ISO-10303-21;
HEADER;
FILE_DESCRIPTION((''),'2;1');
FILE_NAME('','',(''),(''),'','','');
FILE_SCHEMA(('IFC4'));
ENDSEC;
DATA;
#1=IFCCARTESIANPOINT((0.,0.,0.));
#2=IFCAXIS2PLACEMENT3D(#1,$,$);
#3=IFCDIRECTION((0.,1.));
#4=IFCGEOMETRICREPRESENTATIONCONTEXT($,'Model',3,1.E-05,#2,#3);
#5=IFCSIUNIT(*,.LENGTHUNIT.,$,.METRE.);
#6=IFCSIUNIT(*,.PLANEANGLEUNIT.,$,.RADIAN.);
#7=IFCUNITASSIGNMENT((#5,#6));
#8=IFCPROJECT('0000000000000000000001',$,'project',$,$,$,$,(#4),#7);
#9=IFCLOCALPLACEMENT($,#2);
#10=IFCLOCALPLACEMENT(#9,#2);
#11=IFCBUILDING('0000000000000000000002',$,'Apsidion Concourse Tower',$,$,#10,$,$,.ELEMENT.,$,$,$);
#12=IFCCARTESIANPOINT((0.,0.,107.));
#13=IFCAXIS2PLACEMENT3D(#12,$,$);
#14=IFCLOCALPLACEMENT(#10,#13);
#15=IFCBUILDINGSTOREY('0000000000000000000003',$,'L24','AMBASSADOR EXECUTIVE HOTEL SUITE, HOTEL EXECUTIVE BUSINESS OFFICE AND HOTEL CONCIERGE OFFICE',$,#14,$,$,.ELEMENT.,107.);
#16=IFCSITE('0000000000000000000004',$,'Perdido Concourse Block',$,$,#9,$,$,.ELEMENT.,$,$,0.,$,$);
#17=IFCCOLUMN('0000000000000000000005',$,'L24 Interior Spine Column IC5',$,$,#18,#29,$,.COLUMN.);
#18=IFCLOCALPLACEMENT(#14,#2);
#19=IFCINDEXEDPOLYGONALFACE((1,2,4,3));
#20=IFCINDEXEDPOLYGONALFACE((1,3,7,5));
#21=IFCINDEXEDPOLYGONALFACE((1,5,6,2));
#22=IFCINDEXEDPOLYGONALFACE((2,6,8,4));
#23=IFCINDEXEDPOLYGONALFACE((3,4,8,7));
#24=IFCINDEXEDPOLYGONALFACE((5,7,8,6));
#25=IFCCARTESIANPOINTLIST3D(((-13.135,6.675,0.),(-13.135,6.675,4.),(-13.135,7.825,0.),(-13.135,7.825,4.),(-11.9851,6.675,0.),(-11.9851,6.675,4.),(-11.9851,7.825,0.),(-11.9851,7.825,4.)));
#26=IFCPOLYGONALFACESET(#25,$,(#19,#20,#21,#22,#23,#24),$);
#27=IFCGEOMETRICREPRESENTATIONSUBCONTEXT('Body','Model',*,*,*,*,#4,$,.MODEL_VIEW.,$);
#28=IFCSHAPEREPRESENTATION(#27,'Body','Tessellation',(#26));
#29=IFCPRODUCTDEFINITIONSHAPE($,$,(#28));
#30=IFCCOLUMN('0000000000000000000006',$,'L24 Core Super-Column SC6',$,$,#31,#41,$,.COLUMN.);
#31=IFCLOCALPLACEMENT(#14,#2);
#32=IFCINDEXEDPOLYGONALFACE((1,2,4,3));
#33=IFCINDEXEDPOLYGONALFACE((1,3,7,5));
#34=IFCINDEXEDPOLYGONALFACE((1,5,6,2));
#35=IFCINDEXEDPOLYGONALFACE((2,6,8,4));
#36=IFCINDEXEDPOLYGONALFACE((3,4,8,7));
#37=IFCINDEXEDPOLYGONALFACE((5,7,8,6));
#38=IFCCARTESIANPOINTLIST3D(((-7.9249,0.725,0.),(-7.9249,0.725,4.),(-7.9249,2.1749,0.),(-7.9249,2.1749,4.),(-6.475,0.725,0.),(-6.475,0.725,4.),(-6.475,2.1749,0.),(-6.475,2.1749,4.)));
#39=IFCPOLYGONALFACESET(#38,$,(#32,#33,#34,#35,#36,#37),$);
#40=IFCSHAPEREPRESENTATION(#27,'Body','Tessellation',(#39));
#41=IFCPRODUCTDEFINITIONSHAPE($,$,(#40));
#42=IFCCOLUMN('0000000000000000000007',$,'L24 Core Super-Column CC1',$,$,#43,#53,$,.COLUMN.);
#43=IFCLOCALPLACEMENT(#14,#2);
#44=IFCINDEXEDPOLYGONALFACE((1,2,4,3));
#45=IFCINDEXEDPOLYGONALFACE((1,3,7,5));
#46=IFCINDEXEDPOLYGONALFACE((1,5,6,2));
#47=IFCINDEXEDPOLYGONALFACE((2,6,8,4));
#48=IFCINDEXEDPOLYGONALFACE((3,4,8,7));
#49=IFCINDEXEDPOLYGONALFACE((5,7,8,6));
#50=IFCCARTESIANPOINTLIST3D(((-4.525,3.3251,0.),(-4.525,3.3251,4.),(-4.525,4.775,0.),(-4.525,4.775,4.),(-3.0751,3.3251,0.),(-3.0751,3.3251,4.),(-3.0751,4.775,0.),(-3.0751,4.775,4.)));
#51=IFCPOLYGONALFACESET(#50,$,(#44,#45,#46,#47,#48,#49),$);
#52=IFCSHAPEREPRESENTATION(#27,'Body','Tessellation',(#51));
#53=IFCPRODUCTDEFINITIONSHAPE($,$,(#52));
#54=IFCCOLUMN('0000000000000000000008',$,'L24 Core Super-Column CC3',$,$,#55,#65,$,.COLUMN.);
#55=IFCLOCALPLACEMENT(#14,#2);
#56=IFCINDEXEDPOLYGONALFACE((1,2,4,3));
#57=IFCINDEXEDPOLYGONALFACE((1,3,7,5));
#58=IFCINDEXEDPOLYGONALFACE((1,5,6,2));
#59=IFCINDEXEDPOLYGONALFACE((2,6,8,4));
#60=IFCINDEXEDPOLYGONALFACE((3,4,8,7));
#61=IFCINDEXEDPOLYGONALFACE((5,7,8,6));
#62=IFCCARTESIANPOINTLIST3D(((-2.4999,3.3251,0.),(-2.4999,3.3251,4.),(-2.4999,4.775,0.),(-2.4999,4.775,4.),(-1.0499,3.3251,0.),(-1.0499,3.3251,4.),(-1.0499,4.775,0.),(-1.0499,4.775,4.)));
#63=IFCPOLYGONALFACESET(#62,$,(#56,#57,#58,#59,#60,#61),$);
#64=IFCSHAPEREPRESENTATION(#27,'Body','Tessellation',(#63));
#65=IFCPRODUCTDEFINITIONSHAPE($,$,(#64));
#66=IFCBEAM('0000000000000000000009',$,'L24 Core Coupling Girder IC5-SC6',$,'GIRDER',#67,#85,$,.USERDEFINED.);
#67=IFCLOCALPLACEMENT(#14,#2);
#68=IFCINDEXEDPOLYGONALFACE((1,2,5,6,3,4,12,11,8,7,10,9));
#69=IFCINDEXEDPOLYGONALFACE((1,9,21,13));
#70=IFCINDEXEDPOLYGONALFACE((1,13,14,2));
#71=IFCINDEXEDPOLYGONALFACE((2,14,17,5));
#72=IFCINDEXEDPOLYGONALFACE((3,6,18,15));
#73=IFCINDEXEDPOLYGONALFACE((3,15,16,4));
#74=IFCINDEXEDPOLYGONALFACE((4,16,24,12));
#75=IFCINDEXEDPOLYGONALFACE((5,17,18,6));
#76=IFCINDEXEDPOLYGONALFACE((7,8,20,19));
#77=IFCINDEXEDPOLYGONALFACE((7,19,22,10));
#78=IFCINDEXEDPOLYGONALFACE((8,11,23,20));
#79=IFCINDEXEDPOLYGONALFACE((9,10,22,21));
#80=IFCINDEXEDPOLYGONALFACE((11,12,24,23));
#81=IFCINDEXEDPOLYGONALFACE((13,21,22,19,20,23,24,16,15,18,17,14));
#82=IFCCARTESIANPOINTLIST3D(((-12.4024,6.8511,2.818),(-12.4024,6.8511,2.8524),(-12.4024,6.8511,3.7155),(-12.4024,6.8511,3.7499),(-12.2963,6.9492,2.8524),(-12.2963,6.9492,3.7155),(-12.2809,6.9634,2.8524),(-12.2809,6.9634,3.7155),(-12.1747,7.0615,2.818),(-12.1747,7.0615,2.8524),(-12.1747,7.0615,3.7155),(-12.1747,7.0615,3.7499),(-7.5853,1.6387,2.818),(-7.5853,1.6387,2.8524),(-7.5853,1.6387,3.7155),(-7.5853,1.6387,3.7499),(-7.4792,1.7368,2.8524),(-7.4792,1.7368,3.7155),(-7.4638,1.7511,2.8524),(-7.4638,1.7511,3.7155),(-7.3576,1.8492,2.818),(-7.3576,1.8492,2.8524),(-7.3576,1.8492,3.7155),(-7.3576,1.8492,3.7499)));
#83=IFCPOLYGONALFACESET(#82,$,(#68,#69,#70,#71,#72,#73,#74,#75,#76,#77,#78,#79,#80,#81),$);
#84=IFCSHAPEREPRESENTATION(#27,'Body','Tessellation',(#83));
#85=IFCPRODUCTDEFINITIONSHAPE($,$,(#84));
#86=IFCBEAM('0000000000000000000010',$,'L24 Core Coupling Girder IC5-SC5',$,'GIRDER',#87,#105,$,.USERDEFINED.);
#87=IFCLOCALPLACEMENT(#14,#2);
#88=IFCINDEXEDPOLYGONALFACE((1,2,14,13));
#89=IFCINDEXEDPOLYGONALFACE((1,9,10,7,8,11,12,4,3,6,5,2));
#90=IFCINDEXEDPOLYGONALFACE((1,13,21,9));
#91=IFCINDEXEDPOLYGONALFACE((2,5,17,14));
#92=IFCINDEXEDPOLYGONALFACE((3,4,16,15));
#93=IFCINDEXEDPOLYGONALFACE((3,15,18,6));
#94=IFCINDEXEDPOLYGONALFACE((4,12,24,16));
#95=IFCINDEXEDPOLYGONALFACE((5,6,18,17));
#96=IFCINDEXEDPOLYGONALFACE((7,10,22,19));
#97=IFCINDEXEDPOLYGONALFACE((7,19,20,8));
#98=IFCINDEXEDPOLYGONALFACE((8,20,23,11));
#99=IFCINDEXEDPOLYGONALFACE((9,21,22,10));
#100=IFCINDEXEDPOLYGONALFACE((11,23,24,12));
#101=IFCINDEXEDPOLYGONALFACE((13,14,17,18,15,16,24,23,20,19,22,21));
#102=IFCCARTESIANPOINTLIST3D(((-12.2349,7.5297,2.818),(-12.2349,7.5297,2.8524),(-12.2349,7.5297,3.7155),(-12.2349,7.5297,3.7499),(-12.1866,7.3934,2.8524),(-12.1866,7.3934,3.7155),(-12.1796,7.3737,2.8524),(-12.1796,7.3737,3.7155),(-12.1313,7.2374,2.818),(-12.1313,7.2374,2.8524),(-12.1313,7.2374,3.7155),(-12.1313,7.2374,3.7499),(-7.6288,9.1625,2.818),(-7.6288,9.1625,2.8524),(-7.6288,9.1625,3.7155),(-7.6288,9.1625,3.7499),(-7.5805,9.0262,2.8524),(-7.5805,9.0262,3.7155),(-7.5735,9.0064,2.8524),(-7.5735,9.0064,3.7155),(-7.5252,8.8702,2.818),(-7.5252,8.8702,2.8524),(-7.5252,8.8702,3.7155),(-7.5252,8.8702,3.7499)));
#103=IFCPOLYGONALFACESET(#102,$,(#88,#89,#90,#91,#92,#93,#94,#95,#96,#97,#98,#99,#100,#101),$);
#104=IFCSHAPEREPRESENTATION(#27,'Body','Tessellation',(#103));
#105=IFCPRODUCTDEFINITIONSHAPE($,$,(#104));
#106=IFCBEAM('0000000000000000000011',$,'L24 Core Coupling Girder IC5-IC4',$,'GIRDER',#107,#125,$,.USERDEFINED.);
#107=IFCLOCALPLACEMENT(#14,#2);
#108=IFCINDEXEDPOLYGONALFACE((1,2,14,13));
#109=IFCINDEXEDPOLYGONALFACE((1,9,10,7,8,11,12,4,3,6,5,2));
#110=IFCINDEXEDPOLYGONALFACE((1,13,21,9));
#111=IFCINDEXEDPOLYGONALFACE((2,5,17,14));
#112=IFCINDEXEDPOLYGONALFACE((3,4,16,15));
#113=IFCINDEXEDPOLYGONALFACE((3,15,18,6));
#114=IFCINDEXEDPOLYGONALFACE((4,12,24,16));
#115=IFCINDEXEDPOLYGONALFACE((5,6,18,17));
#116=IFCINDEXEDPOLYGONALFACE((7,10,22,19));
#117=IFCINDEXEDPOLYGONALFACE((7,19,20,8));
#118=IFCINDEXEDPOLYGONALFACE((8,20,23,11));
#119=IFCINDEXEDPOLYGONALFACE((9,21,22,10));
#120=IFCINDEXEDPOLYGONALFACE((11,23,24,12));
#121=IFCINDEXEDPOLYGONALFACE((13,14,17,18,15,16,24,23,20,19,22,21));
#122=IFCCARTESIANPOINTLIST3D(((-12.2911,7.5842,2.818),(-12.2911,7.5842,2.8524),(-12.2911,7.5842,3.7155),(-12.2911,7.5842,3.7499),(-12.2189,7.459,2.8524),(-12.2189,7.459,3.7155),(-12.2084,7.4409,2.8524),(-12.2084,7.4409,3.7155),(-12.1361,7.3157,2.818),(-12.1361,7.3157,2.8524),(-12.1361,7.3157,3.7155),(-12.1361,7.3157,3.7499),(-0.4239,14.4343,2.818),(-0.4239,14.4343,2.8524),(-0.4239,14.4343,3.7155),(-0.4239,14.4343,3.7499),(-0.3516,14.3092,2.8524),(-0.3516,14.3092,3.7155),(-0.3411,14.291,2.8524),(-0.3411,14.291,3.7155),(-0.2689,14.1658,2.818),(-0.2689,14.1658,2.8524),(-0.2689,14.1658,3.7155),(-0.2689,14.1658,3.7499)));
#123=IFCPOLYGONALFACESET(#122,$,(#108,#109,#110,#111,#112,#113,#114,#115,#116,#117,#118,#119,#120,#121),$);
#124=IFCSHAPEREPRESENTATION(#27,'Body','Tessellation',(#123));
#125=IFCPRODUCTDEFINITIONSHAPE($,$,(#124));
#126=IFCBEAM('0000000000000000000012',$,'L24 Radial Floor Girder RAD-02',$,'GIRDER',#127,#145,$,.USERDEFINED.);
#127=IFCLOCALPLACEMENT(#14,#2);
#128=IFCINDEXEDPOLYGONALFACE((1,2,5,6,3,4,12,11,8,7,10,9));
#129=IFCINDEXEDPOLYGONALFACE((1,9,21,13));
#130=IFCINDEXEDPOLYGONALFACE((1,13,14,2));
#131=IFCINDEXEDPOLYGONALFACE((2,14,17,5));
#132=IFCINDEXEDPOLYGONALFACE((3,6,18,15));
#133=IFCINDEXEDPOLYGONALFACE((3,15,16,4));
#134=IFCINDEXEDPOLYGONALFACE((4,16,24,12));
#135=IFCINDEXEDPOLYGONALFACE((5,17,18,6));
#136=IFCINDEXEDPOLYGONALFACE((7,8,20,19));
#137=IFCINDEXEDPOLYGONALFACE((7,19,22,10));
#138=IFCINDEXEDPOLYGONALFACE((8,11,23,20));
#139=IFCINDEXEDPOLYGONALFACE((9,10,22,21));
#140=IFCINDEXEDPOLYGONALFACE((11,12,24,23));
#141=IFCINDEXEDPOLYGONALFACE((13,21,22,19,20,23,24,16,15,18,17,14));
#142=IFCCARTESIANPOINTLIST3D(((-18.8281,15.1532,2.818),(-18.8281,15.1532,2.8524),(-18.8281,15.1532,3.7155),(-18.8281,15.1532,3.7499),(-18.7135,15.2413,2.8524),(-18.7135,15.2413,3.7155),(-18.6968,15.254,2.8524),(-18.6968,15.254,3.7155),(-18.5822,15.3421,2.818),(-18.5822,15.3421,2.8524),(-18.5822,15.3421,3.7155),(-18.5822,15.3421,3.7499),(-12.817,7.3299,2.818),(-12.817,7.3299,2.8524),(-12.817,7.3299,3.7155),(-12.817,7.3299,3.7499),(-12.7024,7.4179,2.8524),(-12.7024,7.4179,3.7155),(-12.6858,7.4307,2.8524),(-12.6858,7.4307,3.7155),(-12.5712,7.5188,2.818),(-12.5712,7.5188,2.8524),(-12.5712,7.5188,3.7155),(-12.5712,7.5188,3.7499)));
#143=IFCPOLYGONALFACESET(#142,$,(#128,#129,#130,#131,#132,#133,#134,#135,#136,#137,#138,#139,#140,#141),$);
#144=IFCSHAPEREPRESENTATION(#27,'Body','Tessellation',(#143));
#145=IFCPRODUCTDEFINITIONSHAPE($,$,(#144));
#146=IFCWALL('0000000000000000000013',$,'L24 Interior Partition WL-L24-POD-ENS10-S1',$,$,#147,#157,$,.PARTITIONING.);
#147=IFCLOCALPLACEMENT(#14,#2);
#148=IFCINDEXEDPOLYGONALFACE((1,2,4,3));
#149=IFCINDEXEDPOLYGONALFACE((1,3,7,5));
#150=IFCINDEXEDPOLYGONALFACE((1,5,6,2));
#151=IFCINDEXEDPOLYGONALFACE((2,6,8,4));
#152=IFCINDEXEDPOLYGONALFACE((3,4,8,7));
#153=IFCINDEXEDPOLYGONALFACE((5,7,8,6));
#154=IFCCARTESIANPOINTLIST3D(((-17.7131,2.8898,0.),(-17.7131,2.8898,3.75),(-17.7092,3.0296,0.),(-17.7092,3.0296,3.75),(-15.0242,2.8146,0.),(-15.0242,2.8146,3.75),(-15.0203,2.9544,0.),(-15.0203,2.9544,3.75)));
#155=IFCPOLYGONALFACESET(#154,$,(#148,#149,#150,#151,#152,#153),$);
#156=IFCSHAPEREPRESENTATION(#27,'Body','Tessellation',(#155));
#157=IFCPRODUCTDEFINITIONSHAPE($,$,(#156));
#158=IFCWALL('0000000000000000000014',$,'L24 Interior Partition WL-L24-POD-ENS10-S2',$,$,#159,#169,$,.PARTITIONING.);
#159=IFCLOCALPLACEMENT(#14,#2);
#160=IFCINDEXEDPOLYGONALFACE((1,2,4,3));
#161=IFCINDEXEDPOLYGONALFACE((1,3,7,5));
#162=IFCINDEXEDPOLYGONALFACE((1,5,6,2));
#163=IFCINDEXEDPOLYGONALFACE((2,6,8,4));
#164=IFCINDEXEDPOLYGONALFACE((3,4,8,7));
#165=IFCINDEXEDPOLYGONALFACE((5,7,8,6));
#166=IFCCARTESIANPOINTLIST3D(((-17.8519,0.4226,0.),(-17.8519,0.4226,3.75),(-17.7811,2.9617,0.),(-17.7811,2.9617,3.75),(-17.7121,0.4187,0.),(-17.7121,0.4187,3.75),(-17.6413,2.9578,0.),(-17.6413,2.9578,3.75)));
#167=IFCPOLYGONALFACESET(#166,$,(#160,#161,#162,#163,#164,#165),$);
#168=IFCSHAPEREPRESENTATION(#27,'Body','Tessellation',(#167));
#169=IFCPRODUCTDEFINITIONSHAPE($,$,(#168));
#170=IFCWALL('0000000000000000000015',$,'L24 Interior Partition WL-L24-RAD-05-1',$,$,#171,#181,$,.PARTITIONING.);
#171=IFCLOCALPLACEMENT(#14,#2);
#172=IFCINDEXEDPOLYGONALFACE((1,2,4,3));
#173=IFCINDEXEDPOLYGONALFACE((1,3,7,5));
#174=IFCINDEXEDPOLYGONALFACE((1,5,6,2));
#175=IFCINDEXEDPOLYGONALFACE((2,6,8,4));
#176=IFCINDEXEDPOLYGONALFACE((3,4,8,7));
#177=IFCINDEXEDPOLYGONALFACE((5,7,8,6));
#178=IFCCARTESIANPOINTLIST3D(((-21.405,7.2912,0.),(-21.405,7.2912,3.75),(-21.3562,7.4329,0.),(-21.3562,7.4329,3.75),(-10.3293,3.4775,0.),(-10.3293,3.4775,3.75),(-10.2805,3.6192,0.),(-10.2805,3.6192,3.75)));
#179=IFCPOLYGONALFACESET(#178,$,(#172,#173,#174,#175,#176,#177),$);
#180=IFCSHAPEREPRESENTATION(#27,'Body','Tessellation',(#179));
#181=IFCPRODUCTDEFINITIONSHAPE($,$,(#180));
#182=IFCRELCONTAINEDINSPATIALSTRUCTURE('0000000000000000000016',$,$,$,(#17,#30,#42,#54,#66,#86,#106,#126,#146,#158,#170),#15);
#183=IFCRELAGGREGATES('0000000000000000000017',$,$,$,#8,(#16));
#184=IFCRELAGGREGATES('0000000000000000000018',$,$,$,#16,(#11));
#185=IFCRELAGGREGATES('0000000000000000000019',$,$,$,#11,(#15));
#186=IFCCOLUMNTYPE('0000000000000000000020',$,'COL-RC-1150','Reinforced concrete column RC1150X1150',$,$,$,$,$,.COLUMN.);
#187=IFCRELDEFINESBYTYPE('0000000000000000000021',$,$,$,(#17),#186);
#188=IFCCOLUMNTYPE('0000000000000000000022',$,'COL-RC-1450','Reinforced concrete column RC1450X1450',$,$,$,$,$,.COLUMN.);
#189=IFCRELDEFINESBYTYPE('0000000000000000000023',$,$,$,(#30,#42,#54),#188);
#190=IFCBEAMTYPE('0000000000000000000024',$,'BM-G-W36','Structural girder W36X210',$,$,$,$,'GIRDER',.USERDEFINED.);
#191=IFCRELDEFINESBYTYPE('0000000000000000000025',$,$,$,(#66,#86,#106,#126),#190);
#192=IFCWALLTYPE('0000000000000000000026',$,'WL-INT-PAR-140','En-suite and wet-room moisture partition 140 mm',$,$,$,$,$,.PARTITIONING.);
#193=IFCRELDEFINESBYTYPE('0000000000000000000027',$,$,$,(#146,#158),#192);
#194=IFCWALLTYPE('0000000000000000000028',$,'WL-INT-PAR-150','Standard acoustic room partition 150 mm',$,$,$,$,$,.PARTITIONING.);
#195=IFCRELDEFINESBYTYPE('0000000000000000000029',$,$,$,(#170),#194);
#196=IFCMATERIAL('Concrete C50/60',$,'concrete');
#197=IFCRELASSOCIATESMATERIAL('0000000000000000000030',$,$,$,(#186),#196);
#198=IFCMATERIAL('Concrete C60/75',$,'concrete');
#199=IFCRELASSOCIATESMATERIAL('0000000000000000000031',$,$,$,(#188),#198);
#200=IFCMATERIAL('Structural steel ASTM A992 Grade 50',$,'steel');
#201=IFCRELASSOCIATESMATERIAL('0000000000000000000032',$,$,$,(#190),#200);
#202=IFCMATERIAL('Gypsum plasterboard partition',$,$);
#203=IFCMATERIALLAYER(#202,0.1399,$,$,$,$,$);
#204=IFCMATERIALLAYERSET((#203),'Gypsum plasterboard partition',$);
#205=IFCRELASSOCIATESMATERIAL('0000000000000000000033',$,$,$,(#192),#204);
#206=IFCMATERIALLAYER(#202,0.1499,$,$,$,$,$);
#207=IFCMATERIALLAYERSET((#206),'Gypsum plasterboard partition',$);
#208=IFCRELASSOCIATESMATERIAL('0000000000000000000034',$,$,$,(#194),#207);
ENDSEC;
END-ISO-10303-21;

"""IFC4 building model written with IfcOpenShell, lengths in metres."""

from ifc_helpers import new_model, si_unit, direction, frame, frame_2d, origin, origin_2d, place, context, subcontext, project, spatial, rectangle, i_section, extrude, material, layer, layer_set, material_profile, profile_set, type_object, element, save


model = new_model("IFC4")

# Units and contexts
model_context = context("Model", 3, precision=1e-05, world=origin(), true_north=direction((0.0, 1.0)))
body_context = subcontext(model_context, "Body", "Model", "MODEL_VIEW")
ifc_project = project(units=[si_unit("LENGTHUNIT", "METRE"), si_unit("PLANEANGLEUNIT", "RADIAN")], contexts=[model_context])

# Site, building, storey
site_placement = place(None, origin())
site = spatial("IfcSite", under=ifc_project, at=site_placement, Name="Perdido Concourse Block", CompositionType="ELEMENT", RefElevation=0.0)
building_placement = place(site_placement, origin())
building = spatial("IfcBuilding", under=site, at=building_placement, Name="Apsidion Concourse Tower", CompositionType="ELEMENT")
storey_placement = place(building_placement, frame((0.0, 0.0, 107.0)))
storey = spatial("IfcBuildingStorey", under=building, at=storey_placement, Name="L24", Description="AMBASSADOR EXECUTIVE HOTEL SUITE, HOTEL EXECUTIVE BUSINESS OFFICE AND HOTEL CONCIERGE OFFICE", CompositionType="ELEMENT", Elevation=107.0)

# Columns
ifc_material_1 = material(Name="Concrete C50/60", Category="concrete")
ifc_material_profile_1 = material_profile(ifc_material_1, rectangle(XDim=1.1499, YDim=1.1499, at=origin_2d()), Name="RC 1150x1150")
ifc_profile_set_1 = profile_set([ifc_material_profile_1], Name="Concrete C50/60")
column_type_1 = type_object("IfcColumnType", Name="COL-RC-1150", Description="Reinforced concrete column RC1150X1150", PredefinedType="COLUMN", material=ifc_profile_set_1)
column_placement = place(storey_placement, frame((-12.5601, 7.25, 0.0), z_axis=(0.0, 0.0, 1.0), x_axis=(1.0, 0.0, 0.0)))
element("IfcColumn", 1, at=column_placement, inside=storey, type_object=column_type_1, Name="L24 Interior Spine Column IC5", PredefinedType="COLUMN", context=body_context, shape_type="SweptSolid", body=[
    extrude(rectangle(XDim=1.1499, YDim=1.1499, at=origin_2d()), origin(), (0.0, 0.0, 1.0), 4.0),
])
ifc_material_2 = material(Name="Concrete C60/75", Category="concrete")
ifc_material_profile_2 = material_profile(ifc_material_2, rectangle(XDim=1.45, YDim=1.45, at=origin_2d()), Name="RC 1450x1450")
ifc_profile_set_2 = profile_set([ifc_material_profile_2], Name="Concrete C60/75")
column_type_2 = type_object("IfcColumnType", Name="COL-RC-1450", Description="Reinforced concrete column RC1450X1450", PredefinedType="COLUMN", material=ifc_profile_set_2)
for number, where, z_axis, x_axis, name in (
    (2, (-7.2, 1.45, 0.0), (0.0, 0.0, 1.0), (1.0, 0.0, 0.0), "L24 Core Super-Column SC6"),
    (3, (-3.8, 4.05, 0.0), (0.0, 0.0, 1.0), (1.0, 0.0, 0.0), "L24 Core Super-Column CC1"),
    (4, (-1.7749, 4.05, 0.0), (0.0, 0.0, 1.0), (1.0, 0.0, 0.0), "L24 Core Super-Column CC3"),
):
    element("IfcColumn", number, at=place(storey_placement, frame(where, z_axis=z_axis, x_axis=x_axis)), inside=storey, type_object=column_type_2, Name=name, PredefinedType="COLUMN", context=body_context, shape_type="SweptSolid", body=[
        extrude(rectangle(XDim=1.45, YDim=1.45, at=origin_2d()), origin(), (0.0, 0.0, 1.0), 4.0),
    ])

# Beams
ifc_material_3 = material(Name="Structural steel ASTM A992 Grade 50", Category="steel")
ifc_material_profile_3 = material_profile(ifc_material_3, i_section(OverallWidth=0.3101, OverallDepth=0.9319, WebThickness=0.021, FlangeThickness=0.0344, at=origin_2d()), Name="W36X210")
ifc_profile_set_3 = profile_set([ifc_material_profile_3], Name="Structural steel ASTM A992 Grade 50")
beam_type = type_object("IfcBeamType", Name="BM-G-W36", Description="Structural girder W36X210", ElementType="GIRDER", PredefinedType="USERDEFINED", material=ifc_profile_set_3)
beam_1_placement = place(storey_placement, frame((-12.2886, 6.9563, 3.2839), z_axis=(0.678713, -0.734404, 0.0), x_axis=(0.734404, 0.678713, 0.0)))
element("IfcBeam", 5, at=beam_1_placement, inside=storey, type_object=beam_type, Name="L24 Core Coupling Girder IC5-SC6", ObjectType="GIRDER", PredefinedType="USERDEFINED", context=body_context, shape_type="SweptSolid", body=[
    extrude(i_section(OverallWidth=0.3101, OverallDepth=0.9319, WebThickness=0.021, FlangeThickness=0.0344, at=origin_2d()), origin(), (0.0, 0.0, 1.0), 7.0974),
])
beam_2_placement = place(storey_placement, frame((-12.1831, 7.3835, 3.2839), z_axis=(0.942534, 0.334111, 0.0), x_axis=(-0.334111, 0.942534, 0.0)))
element("IfcBeam", 6, at=beam_2_placement, inside=storey, type_object=beam_type, Name="L24 Core Coupling Girder IC5-SC5", ObjectType="GIRDER", PredefinedType="USERDEFINED", context=body_context, shape_type="SweptSolid", body=[
    extrude(i_section(OverallWidth=0.3101, OverallDepth=0.9319, WebThickness=0.021, FlangeThickness=0.0344, at=origin_2d()), origin(), (0.0, 0.0, 1.0), 4.887),
])
beam_3_placement = place(storey_placement, frame((-12.2136, 7.45, 3.2839), z_axis=(0.86607, 0.499922, 0.0), x_axis=(-0.499922, 0.86607, 0.0)))
element("IfcBeam", 7, at=beam_3_placement, inside=storey, type_object=beam_type, Name="L24 Core Coupling Girder IC5-IC4", ObjectType="GIRDER", PredefinedType="USERDEFINED", context=body_context, shape_type="SweptSolid", body=[
    extrude(i_section(OverallWidth=0.3101, OverallDepth=0.9319, WebThickness=0.021, FlangeThickness=0.0344, at=origin_2d()), origin(), (0.0, 0.0, 1.0), 13.7024),
])
beam_4_placement = place(storey_placement, frame((-12.6941, 7.4243, 3.2839), z_axis=(-0.609272, 0.792961, 0.0), x_axis=(-0.792961, -0.609272, 0.0)))
element("IfcBeam", 8, at=beam_4_placement, inside=storey, type_object=beam_type, Name="L24 Radial Floor Girder RAD-02", ObjectType="GIRDER", PredefinedType="USERDEFINED", context=body_context, shape_type="SweptSolid", body=[
    extrude(i_section(OverallWidth=0.3101, OverallDepth=0.9319, WebThickness=0.021, FlangeThickness=0.0344, at=origin_2d()), origin(), (0.0, 0.0, 1.0), 9.866),
])

# Walls
ifc_material_4 = material(Name="Gypsum plasterboard partition")
ifc_layer_1 = layer(ifc_material_4, 0.1399)
ifc_layer_set_1 = layer_set([ifc_layer_1], Name="Gypsum plasterboard partition")
wall_type_1 = type_object("IfcWallType", Name="WL-INT-PAR-140", Description="En-suite and wet-room moisture partition 140 mm", PredefinedType="PARTITIONING", material=ifc_layer_set_1)
wall_1_placement = place(storey_placement, frame((-15.0222, 2.8845, 0.0), z_axis=(0.0, 0.0, 1.0), x_axis=(-0.999609, 0.027953, 0.0)))
element("IfcWall", 9, at=wall_1_placement, inside=storey, type_object=wall_type_1, Name="L24 Interior Partition WL-L24-POD-ENS10-S1", PredefinedType="PARTITIONING", context=body_context, shape_type="SweptSolid", body=[
    extrude(rectangle(XDim=2.6899, YDim=0.1399, at=frame_2d((1.345, 0.0))), origin(), (0.0, 0.0, 1.0), 3.75),
])
wall_2_placement = place(storey_placement, frame((-17.7112, 2.9597, 0.0), z_axis=(0.0, 0.0, 1.0), x_axis=(-0.027874, -0.999611, 0.0)))
element("IfcWall", 10, at=wall_2_placement, inside=storey, type_object=wall_type_1, Name="L24 Interior Partition WL-L24-POD-ENS10-S2", PredefinedType="PARTITIONING", context=body_context, shape_type="SweptSolid", body=[
    extrude(rectangle(XDim=2.54, YDim=0.1399, at=frame_2d((1.27, 0.0))), origin(), (0.0, 0.0, 1.0), 3.75),
])
ifc_layer_2 = layer(ifc_material_4, 0.1499)
ifc_layer_set_2 = layer_set([ifc_layer_2], Name="Gypsum plasterboard partition")
wall_type_2 = type_object("IfcWallType", Name="WL-INT-PAR-150", Description="Standard acoustic room partition 150 mm", PredefinedType="PARTITIONING", material=ifc_layer_set_2)
wall_3_placement = place(storey_placement, frame((-10.3049, 3.5483, 0.0), z_axis=(0.0, 0.0, 1.0), x_axis=(-0.945517, 0.325573, 0.0)))
element("IfcWall", 11, at=wall_3_placement, inside=storey, type_object=wall_type_2, Name="L24 Interior Partition WL-L24-RAD-05-1", PredefinedType="PARTITIONING", context=body_context, shape_type="SweptSolid", body=[
    extrude(rectangle(XDim=11.7139, YDim=0.1499, at=frame_2d((5.8569, 0.0))), origin(), (0.0, 0.0, 1.0), 3.75),
])

save(model, "model.ifc")
